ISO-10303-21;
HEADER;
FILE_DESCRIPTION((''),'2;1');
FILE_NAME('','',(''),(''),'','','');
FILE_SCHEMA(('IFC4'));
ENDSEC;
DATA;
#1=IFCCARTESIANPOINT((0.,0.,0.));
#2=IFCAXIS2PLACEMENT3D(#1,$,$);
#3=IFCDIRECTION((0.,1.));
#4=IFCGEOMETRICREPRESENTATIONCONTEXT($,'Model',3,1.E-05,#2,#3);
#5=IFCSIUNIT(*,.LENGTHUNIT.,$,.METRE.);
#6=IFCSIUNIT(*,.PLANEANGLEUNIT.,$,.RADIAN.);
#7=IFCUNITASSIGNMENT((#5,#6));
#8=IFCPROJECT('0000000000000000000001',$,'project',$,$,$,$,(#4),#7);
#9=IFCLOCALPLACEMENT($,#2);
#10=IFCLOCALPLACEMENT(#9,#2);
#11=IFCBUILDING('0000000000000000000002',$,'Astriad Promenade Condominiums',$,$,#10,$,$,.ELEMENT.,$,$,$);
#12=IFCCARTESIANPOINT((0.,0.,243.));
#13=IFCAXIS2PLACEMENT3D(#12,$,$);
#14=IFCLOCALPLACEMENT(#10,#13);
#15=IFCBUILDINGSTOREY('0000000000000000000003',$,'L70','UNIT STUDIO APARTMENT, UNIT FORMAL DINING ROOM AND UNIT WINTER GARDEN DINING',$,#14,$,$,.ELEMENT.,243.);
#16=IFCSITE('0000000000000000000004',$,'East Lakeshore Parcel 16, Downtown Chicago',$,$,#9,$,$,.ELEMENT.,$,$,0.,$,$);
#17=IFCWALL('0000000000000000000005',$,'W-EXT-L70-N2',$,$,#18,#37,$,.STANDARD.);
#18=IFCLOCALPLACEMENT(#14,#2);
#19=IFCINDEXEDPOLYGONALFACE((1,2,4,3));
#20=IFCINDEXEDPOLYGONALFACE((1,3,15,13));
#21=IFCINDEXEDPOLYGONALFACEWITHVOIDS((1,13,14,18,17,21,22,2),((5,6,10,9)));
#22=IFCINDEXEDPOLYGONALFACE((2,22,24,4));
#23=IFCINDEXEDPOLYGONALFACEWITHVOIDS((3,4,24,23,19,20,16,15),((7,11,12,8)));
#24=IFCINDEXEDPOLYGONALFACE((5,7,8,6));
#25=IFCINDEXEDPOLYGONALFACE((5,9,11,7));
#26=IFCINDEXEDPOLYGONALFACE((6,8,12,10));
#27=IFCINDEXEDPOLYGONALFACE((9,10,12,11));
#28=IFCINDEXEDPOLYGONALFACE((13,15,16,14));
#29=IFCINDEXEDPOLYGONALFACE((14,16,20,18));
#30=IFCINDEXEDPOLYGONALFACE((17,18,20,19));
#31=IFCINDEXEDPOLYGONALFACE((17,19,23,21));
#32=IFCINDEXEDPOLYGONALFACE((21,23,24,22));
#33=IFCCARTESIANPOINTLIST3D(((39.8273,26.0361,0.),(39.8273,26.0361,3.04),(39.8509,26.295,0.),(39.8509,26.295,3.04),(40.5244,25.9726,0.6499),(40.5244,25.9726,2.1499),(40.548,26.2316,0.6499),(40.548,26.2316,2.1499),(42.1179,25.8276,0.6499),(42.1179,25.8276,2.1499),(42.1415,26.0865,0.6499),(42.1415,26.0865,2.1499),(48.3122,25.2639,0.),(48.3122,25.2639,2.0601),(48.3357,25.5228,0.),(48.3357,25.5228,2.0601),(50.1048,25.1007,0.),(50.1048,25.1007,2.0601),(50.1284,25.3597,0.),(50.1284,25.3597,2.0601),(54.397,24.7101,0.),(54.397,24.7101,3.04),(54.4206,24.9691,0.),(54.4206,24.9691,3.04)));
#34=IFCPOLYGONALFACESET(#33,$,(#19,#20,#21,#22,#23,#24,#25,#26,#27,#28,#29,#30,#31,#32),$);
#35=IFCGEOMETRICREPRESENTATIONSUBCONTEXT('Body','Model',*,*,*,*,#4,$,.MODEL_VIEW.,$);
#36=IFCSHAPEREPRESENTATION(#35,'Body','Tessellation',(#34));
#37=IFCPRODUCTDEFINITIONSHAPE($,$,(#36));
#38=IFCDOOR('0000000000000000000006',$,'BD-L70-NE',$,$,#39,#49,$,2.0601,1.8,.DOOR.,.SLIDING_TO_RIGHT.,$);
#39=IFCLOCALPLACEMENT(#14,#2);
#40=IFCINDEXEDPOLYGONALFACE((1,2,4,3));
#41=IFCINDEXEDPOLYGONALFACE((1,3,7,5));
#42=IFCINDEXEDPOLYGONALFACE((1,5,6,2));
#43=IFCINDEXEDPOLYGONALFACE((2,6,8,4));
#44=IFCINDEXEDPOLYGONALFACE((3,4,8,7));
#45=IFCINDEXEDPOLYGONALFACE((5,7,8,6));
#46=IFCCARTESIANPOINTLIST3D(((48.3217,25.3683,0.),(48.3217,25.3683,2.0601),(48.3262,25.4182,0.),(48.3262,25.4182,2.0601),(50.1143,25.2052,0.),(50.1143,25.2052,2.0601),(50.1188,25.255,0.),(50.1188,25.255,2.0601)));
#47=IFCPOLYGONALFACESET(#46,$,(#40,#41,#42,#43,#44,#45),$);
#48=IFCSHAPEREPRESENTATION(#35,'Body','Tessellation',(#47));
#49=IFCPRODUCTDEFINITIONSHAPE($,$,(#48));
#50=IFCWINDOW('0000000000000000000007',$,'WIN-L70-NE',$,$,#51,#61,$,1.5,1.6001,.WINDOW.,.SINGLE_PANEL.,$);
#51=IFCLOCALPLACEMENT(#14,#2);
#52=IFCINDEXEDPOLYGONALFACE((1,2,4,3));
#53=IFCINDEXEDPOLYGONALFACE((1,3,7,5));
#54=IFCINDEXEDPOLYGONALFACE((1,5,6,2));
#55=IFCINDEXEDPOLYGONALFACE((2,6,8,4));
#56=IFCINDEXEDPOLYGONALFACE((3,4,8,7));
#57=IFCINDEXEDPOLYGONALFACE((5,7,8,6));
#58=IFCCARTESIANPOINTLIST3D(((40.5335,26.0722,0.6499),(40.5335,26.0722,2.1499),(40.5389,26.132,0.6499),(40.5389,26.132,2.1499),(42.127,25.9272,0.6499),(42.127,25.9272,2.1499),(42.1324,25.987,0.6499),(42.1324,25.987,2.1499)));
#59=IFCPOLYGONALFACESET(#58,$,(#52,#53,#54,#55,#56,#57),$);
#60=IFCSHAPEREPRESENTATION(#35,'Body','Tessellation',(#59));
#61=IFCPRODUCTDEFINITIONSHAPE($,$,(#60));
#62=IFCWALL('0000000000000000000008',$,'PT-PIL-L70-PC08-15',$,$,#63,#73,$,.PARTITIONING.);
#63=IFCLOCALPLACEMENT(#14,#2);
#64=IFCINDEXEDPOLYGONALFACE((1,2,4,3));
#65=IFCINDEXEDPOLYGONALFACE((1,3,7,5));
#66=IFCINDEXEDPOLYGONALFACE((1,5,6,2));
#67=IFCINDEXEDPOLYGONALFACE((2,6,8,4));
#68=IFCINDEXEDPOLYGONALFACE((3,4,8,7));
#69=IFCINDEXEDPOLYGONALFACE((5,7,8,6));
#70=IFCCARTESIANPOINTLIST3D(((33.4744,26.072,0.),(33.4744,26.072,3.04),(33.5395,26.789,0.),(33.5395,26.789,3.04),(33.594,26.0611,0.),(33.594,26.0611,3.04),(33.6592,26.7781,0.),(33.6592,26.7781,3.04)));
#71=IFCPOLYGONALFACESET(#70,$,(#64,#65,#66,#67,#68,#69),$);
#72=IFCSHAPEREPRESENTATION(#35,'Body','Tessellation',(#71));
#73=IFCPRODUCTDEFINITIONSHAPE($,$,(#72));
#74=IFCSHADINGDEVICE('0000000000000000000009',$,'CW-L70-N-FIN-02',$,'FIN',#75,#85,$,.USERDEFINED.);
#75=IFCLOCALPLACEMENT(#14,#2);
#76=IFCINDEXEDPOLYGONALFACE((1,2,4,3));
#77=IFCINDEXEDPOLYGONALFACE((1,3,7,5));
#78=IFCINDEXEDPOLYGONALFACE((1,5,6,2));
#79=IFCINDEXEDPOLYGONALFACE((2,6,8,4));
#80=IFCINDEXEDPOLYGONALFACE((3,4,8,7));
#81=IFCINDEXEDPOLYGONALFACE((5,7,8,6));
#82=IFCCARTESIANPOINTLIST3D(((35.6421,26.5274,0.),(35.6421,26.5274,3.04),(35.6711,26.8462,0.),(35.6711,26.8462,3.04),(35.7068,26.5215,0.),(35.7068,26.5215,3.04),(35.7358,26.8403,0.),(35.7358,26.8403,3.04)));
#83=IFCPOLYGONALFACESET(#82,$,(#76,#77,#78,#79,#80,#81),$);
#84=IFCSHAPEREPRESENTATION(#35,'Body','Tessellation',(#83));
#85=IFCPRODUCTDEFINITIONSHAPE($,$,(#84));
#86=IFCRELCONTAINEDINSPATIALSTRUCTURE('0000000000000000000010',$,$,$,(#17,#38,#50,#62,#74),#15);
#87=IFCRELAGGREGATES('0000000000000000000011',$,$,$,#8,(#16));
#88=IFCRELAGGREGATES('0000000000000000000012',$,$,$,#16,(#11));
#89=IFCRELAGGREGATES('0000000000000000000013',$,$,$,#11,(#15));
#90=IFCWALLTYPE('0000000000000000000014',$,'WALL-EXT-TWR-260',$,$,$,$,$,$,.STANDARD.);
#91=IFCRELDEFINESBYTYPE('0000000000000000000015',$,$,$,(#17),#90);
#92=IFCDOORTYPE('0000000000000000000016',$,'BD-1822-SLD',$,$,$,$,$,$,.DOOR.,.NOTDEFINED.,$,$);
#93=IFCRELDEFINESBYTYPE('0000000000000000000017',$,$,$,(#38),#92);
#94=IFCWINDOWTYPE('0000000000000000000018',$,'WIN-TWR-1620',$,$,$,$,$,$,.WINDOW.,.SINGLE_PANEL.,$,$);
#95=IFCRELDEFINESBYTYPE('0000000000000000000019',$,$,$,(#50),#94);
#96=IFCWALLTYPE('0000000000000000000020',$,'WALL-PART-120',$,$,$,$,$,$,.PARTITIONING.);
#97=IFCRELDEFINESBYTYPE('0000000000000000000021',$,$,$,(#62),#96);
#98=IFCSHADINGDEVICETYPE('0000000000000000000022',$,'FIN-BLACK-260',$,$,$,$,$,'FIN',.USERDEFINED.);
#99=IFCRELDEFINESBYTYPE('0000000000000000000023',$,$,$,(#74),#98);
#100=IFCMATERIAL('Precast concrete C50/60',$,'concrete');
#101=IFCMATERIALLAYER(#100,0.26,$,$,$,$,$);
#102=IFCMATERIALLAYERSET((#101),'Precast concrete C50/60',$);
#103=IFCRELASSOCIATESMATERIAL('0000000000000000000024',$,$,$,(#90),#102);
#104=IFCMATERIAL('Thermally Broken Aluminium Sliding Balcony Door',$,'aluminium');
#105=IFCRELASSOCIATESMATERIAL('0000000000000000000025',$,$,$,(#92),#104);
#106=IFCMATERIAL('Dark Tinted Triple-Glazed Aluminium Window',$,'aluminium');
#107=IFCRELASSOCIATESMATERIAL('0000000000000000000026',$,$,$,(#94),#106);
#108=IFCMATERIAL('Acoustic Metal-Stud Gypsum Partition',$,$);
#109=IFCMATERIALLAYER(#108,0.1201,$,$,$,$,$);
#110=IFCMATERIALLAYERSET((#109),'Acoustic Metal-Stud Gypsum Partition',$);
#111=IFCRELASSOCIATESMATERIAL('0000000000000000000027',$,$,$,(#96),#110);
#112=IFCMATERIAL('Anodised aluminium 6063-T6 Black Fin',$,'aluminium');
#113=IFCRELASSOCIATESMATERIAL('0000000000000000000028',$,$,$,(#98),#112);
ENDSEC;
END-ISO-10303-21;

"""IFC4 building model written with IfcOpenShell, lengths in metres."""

from ifc_helpers import new_model, si_unit, direction, frame, frame_2d, origin, origin_2d, place, context, subcontext, project, spatial, rectangle, extrude, source, transform, mapped, material, layer, layer_set, type_object, type_shapes, element, fill, save


model = new_model("IFC4")

# Units and contexts
model_context = context("Model", 3, precision=1e-05, world=origin(), true_north=direction((0.0, 1.0)))
body_context = subcontext(model_context, "Body", "Model", "MODEL_VIEW")
ifc_project = project(units=[si_unit("LENGTHUNIT", "METRE"), si_unit("PLANEANGLEUNIT", "RADIAN")], contexts=[model_context])

# Site, building, storey
site_placement = place(None, origin())
site = spatial("IfcSite", under=ifc_project, at=site_placement, Name="East Lakeshore Parcel 16, Downtown Chicago", CompositionType="ELEMENT", RefElevation=0.0)
building_placement = place(site_placement, origin())
building = spatial("IfcBuilding", under=site, at=building_placement, Name="Astriad Promenade Condominiums", CompositionType="ELEMENT")
storey_placement = place(building_placement, frame((0.0, 0.0, 243.0)))
storey = spatial("IfcBuildingStorey", under=building, at=storey_placement, Name="L70", Description="UNIT STUDIO APARTMENT, UNIT FORMAL DINING ROOM AND UNIT WINTER GARDEN DINING", CompositionType="ELEMENT", Elevation=243.0)

# Wall, openings, door, window
ifc_material_1 = material(Name="Precast concrete C50/60", Category="concrete")
ifc_layer_1 = layer(ifc_material_1, 0.26)
ifc_layer_set_1 = layer_set([ifc_layer_1], Name="Precast concrete C50/60")
wall_type_1 = type_object("IfcWallType", Name="WALL-EXT-TWR-260", PredefinedType="STANDARD", material=ifc_layer_set_1)
wall_1_placement = place(storey_placement, frame((39.8391, 26.1655, 0.0), z_axis=(0.0, 0.0, 1.0), x_axis=(0.995884, -0.090632, 0.0)))
wall_1 = element("IfcWall", 1, at=wall_1_placement, inside=storey, type_object=wall_type_1, Name="W-EXT-L70-N2", PredefinedType="STANDARD", context=body_context, shape_type="SweptSolid", body=[
    extrude(rectangle(XDim=14.6299, YDim=0.26, at=frame_2d((7.3149, 0.0))), origin(), (0.0, 0.0, 1.0), 3.04),
])
opening_1_placement = place(wall_1_placement, frame((8.52, 0.0, 0.0)))
opening_1 = element("IfcOpeningElement", 2, at=opening_1_placement, cuts=wall_1, PredefinedType="OPENING", context=body_context, shape_type="SweptSolid", body=[
    extrude(rectangle(XDim=1.8, YDim=2.0601, at=frame_2d((0.8999, 1.03))), frame((0.0, 0.1399, 0.0), z_axis=(0.0, -1.0, 0.0), x_axis=(1.0, 0.0, 0.0)), (0.0, 0.0, 1.0), 0.28),
])
opening_2_placement = place(wall_1_placement, frame((0.7, 0.0, 0.6499)))
opening_2 = element("IfcOpeningElement", 3, at=opening_2_placement, cuts=wall_1, PredefinedType="OPENING", context=body_context, shape_type="SweptSolid", body=[
    extrude(rectangle(XDim=1.6001, YDim=1.5, at=frame_2d((0.8, 0.75))), frame((0.0, 0.1399, 0.0), z_axis=(0.0, -1.0, 0.0), x_axis=(1.0, 0.0, 0.0)), (0.0, 0.0, 1.0), 0.28),
])
ifc_material_2 = material(Name="Thermally Broken Aluminium Sliding Balcony Door", Category="aluminium")
door_type = type_object("IfcDoorType", Name="BD-1822-SLD", OperationType="NOTDEFINED", PredefinedType="DOOR", material=ifc_material_2)
shared_shape_1 = source(origin(), body_context, "Body", "SweptSolid", [
    extrude(rectangle(XDim=1.8, YDim=2.0601, at=frame_2d((0.8999, 1.03))), frame((0.0, 0.0249, 0.0), z_axis=(0.0, -1.0, 0.0), x_axis=(1.0, 0.0, 0.0)), (0.0, 0.0, 1.0), 0.05),
])
type_shapes(door_type, [shared_shape_1])
door_placement = place(opening_1_placement, origin())
door = element("IfcDoor", 4, at=door_placement, inside=storey, type_object=door_type, Name="BD-L70-NE", OperationType="SLIDING_TO_RIGHT", OverallHeight=2.0601, OverallWidth=1.8, PredefinedType="DOOR", context=body_context, shape_type="MappedRepresentation", body=[
    mapped(shared_shape_1, transform((0.0, 0.0, 0.0), scale=1.0)),
])
fill(opening_1, door)
ifc_material_3 = material(Name="Dark Tinted Triple-Glazed Aluminium Window", Category="aluminium")
window_type = type_object("IfcWindowType", Name="WIN-TWR-1620", PartitioningType="SINGLE_PANEL", PredefinedType="WINDOW", material=ifc_material_3)
shared_shape_2 = source(origin(), body_context, "Body", "SweptSolid", [
    extrude(rectangle(XDim=1.6001, YDim=1.5, at=frame_2d((0.8, 0.75))), frame((0.0, 0.03, 0.0), z_axis=(0.0, -1.0, 0.0), x_axis=(1.0, 0.0, 0.0)), (0.0, 0.0, 1.0), 0.0601),
])
type_shapes(window_type, [shared_shape_2])
window_placement = place(opening_2_placement, origin())
window = element("IfcWindow", 5, at=window_placement, inside=storey, type_object=window_type, Name="WIN-L70-NE", OverallHeight=1.5, OverallWidth=1.6001, PartitioningType="SINGLE_PANEL", PredefinedType="WINDOW", context=body_context, shape_type="MappedRepresentation", body=[
    mapped(shared_shape_2, transform((0.0, 0.0, 0.0), scale=1.0)),
])
fill(opening_2, window)

# Wall
ifc_material_4 = material(Name="Acoustic Metal-Stud Gypsum Partition")
ifc_layer_2 = layer(ifc_material_4, 0.1201)
ifc_layer_set_2 = layer_set([ifc_layer_2], Name="Acoustic Metal-Stud Gypsum Partition")
wall_type_2 = type_object("IfcWallType", Name="WALL-PART-120", PredefinedType="PARTITIONING", material=ifc_layer_set_2)
wall_2_placement = place(storey_placement, frame((33.5342, 26.0667, 0.0), z_axis=(0.0, 0.0, 1.0), x_axis=(0.090536, 0.995893, 0.0)))
element("IfcWall", 6, at=wall_2_placement, inside=storey, type_object=wall_type_2, Name="PT-PIL-L70-PC08-15", PredefinedType="PARTITIONING", context=body_context, shape_type="SweptSolid", body=[
    extrude(rectangle(XDim=0.72, YDim=0.1201, at=frame_2d((0.3599, 0.0))), origin(), (0.0, 0.0, 1.0), 3.04),
])

# Shading device
ifc_material_5 = material(Name="Anodised aluminium 6063-T6 Black Fin", Category="aluminium")
shading_device_type = type_object("IfcShadingDeviceType", Name="FIN-BLACK-260", ElementType="FIN", PredefinedType="USERDEFINED", material=ifc_material_5)
shared_shape_3 = source(origin(), body_context, "Body", "SweptSolid", [
    extrude(rectangle(XDim=0.0649, YDim=0.3201, at=origin_2d()), origin(), (0.0, 0.0, 1.0), 3.04),
])
type_shapes(shading_device_type, [shared_shape_3])
shading_device_placement = place(storey_placement, frame((35.689, 26.6838, 0.0), z_axis=(0.0, 0.0, 1.0), x_axis=(0.995884, -0.090633, 0.0)))
element("IfcShadingDevice", 7, at=shading_device_placement, inside=storey, type_object=shading_device_type, Name="CW-L70-N-FIN-02", ObjectType="FIN", PredefinedType="USERDEFINED", context=body_context, shape_type="MappedRepresentation", body=[
    mapped(shared_shape_3, transform((0.0, 0.0, 0.0), scale=1.0)),
])

save(model, "model.ifc")
